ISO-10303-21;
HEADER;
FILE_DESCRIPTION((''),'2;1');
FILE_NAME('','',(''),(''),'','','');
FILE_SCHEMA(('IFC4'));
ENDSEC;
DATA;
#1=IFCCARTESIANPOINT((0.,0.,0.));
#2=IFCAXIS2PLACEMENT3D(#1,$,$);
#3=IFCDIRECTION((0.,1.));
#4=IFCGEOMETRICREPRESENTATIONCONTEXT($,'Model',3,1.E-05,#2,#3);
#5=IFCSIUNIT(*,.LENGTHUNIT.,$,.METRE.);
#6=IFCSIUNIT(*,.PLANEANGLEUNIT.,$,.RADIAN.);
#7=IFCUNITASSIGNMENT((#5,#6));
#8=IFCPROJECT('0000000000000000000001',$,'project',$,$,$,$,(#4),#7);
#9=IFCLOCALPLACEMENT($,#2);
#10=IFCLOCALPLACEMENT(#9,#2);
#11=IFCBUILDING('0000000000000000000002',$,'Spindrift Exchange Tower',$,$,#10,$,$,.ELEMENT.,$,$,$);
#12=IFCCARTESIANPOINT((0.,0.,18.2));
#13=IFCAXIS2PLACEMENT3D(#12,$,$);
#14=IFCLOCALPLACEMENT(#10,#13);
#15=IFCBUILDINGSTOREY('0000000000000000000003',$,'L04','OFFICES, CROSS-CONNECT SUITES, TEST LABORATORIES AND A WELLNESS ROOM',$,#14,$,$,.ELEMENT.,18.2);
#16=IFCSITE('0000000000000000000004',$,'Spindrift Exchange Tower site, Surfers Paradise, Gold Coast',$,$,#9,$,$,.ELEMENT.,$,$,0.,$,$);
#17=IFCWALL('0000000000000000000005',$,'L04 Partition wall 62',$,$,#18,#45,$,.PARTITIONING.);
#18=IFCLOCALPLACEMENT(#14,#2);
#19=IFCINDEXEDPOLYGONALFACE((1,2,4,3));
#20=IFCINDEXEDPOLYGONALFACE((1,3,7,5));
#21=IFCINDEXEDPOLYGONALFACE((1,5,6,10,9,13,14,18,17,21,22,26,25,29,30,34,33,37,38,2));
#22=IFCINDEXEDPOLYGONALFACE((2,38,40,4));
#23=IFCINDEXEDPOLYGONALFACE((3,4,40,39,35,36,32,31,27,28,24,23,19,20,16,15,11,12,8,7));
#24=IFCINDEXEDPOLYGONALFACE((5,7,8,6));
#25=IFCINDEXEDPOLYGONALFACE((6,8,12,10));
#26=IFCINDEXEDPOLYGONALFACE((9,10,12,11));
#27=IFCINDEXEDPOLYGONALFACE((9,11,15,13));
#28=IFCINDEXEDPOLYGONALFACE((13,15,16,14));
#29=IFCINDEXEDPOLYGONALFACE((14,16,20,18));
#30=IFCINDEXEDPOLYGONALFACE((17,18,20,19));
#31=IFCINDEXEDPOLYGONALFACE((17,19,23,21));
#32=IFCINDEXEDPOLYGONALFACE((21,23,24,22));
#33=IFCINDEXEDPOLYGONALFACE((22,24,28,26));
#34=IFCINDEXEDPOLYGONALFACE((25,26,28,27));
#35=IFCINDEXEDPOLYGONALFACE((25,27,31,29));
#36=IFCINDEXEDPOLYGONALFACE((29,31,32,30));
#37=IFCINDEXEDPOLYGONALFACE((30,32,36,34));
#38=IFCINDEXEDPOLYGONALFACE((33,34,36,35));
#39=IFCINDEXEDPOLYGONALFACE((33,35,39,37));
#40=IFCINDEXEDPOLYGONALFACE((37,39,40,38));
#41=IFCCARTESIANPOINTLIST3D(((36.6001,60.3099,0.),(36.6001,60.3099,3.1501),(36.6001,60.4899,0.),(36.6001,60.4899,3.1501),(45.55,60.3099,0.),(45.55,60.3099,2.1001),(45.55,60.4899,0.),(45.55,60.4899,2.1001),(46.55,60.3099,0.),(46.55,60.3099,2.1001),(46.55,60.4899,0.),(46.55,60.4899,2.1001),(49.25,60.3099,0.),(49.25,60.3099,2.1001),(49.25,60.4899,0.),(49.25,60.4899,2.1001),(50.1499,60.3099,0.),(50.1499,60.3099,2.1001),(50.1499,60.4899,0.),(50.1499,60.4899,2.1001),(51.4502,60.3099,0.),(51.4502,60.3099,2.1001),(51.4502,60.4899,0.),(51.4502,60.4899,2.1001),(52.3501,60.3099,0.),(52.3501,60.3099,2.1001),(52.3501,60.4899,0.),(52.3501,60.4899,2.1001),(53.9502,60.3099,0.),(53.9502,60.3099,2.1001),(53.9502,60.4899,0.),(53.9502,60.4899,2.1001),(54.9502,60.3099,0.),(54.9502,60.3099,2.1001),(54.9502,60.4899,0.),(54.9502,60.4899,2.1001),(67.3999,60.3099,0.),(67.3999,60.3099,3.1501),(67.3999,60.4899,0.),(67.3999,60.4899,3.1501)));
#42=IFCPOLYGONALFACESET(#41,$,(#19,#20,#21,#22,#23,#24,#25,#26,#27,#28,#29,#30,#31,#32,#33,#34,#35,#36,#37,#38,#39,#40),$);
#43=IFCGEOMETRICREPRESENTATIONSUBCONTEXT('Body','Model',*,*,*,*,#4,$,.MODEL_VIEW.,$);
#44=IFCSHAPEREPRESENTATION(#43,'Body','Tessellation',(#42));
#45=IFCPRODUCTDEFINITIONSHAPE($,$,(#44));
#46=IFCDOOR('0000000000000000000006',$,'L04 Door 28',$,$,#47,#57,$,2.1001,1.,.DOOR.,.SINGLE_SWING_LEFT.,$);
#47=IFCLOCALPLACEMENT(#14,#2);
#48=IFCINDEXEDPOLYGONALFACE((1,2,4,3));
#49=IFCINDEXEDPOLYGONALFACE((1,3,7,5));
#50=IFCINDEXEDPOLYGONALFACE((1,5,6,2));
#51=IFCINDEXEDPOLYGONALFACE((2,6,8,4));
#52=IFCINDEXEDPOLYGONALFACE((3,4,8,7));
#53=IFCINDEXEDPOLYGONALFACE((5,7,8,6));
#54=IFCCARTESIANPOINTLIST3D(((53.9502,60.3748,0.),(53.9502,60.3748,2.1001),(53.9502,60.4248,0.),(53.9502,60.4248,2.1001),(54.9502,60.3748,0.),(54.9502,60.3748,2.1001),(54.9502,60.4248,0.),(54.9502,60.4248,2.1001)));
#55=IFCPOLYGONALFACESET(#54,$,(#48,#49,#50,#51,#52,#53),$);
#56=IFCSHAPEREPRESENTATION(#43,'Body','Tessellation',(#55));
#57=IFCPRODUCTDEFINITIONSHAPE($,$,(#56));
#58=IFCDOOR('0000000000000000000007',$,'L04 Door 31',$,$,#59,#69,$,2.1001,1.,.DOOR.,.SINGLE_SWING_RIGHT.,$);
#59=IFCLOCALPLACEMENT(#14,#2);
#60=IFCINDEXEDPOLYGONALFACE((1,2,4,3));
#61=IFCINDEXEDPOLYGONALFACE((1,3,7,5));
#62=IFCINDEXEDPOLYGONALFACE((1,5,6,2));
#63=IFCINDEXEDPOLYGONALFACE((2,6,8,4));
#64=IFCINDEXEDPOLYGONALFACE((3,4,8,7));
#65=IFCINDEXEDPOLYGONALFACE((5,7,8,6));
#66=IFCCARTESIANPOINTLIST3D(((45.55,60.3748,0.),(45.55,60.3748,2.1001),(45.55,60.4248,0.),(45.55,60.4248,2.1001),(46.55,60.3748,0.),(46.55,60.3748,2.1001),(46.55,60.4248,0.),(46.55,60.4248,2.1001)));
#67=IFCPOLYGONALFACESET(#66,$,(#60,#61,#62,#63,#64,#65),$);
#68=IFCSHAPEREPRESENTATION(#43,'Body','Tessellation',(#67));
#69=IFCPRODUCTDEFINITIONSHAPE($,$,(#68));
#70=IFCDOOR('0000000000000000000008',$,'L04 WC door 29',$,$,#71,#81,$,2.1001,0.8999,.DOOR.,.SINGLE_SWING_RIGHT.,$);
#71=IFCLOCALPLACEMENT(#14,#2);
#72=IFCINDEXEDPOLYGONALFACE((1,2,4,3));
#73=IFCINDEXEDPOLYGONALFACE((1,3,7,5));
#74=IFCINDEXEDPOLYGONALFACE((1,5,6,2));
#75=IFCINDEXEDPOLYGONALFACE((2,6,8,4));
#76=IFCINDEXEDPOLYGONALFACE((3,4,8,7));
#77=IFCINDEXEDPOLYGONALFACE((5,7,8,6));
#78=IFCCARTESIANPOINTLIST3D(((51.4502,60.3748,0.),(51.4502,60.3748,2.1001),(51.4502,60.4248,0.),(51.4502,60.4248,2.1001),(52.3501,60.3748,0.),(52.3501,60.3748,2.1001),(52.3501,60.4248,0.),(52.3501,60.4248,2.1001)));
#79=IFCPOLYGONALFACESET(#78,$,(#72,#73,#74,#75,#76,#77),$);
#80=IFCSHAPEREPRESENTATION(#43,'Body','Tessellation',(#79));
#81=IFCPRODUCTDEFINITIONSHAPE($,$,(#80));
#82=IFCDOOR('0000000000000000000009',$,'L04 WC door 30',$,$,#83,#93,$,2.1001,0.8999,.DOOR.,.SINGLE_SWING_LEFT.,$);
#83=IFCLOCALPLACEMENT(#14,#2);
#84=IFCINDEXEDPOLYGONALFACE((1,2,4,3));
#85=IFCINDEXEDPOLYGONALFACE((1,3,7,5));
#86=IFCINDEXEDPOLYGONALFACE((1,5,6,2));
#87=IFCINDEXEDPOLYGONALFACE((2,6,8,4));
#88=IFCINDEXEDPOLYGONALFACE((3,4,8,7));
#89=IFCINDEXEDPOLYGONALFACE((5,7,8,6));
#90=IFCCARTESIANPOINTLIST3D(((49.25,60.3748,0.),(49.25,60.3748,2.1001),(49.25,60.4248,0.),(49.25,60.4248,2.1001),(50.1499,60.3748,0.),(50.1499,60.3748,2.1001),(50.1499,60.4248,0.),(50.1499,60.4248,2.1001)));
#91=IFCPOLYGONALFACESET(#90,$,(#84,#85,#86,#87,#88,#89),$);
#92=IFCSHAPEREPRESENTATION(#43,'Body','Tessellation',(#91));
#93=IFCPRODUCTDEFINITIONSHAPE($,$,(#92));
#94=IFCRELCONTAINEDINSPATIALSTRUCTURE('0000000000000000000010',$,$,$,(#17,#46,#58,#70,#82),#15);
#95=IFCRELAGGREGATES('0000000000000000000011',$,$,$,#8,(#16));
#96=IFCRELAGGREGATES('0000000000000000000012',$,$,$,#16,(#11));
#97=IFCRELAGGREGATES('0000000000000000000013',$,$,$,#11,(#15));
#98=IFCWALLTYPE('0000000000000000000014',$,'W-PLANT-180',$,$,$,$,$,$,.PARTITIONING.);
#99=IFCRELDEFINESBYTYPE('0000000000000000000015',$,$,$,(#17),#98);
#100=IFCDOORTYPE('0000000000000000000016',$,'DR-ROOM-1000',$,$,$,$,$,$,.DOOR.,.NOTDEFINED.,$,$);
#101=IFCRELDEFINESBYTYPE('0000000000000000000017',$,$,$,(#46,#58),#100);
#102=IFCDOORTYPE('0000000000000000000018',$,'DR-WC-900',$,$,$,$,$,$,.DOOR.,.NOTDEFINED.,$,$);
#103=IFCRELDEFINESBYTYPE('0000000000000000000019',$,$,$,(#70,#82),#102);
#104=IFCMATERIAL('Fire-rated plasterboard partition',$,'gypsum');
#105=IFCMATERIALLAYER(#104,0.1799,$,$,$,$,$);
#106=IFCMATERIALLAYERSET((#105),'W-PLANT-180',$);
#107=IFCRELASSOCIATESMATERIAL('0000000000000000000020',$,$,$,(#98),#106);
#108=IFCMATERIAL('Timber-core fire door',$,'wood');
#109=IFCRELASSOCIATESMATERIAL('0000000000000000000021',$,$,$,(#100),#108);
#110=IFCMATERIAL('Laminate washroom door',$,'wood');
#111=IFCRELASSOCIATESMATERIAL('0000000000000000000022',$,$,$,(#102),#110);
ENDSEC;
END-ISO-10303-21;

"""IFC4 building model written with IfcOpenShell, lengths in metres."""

from ifc_helpers import new_model, si_unit, direction, frame, frame_2d, origin, place, context, subcontext, project, spatial, rectangle, extrude, source, transform, mapped, material, layer, layer_set, type_object, element, fill, save


model = new_model("IFC4")

# Units and contexts
model_context = context("Model", 3, precision=1e-05, world=origin(), true_north=direction((0.0, 1.0)))
body_context = subcontext(model_context, "Body", "Model", "MODEL_VIEW")
ifc_project = project(units=[si_unit("LENGTHUNIT", "METRE"), si_unit("PLANEANGLEUNIT", "RADIAN")], contexts=[model_context])

# Site, building, storey
site_placement = place(None, origin())
site = spatial("IfcSite", under=ifc_project, at=site_placement, Name="Spindrift Exchange Tower site, Surfers Paradise, Gold Coast", CompositionType="ELEMENT", RefElevation=0.0)
building_placement = place(site_placement, origin())
building = spatial("IfcBuilding", under=site, at=building_placement, Name="Spindrift Exchange Tower", CompositionType="ELEMENT")
storey_placement = place(building_placement, frame((0.0, 0.0, 18.2)))
storey = spatial("IfcBuildingStorey", under=building, at=storey_placement, Name="L04", Description="OFFICES, CROSS-CONNECT SUITES, TEST LABORATORIES AND A WELLNESS ROOM", CompositionType="ELEMENT", Elevation=18.2)

# Shared definitions
ifc_material_1 = material(Name="Fire-rated plasterboard partition", Category="gypsum")

# Wall, openings, doors
ifc_layer_1 = layer(ifc_material_1, 0.1799)
ifc_layer_set_1 = layer_set([ifc_layer_1], Name="W-PLANT-180")
wall_type_1 = type_object("IfcWallType", Name="W-PLANT-180", PredefinedType="PARTITIONING", material=ifc_layer_set_1)
wall_1_placement = place(storey_placement, frame((36.6001, 60.3999, 0.0), z_axis=(0.0, 0.0, 1.0), x_axis=(1.0, 0.0, 0.0)))
wall_1 = element("IfcWall", 1, at=wall_1_placement, inside=storey, type_object=wall_type_1, Name="L04 Partition wall 62", PredefinedType="PARTITIONING", context=body_context, shape_type="SweptSolid", body=[
    extrude(rectangle(XDim=30.7998, YDim=0.1799, at=frame_2d((15.3999, 0.0))), origin(), (0.0, 0.0, 1.0), 3.1501),
])
opening_1_placement = place(wall_1_placement, frame((17.3501, 0.0, 0.0)))
opening_1 = element("IfcOpeningElement", 2, at=opening_1_placement, cuts=wall_1, PredefinedType="OPENING", context=body_context, shape_type="SweptSolid", body=[
    extrude(rectangle(XDim=1.0, YDim=2.1001, at=frame_2d((0.5, 1.05))), frame((0.0, 0.0999, 0.0), z_axis=(0.0, -1.0, 0.0), x_axis=(1.0, 0.0, 0.0)), (0.0, 0.0, 1.0), 0.2),
])
opening_2_placement = place(wall_1_placement, frame((14.8501, 0.0, 0.0)))
opening_2 = element("IfcOpeningElement", 3, at=opening_2_placement, cuts=wall_1, PredefinedType="OPENING", context=body_context, shape_type="SweptSolid", body=[
    extrude(rectangle(XDim=0.8999, YDim=2.1001, at=frame_2d((0.45, 1.05))), frame((0.0, 0.0999, 0.0), z_axis=(0.0, -1.0, 0.0), x_axis=(1.0, 0.0, 0.0)), (0.0, 0.0, 1.0), 0.2),
])
opening_3_placement = place(wall_1_placement, frame((12.6499, 0.0, 0.0)))
opening_3 = element("IfcOpeningElement", 4, at=opening_3_placement, cuts=wall_1, PredefinedType="OPENING", context=body_context, shape_type="SweptSolid", body=[
    extrude(rectangle(XDim=0.8999, YDim=2.1001, at=frame_2d((0.45, 1.05))), frame((0.0, 0.0999, 0.0), z_axis=(0.0, -1.0, 0.0), x_axis=(1.0, 0.0, 0.0)), (0.0, 0.0, 1.0), 0.2),
])
opening_4_placement = place(wall_1_placement, frame((8.95, 0.0, 0.0)))
opening_4 = element("IfcOpeningElement", 5, at=opening_4_placement, cuts=wall_1, PredefinedType="OPENING", context=body_context, shape_type="SweptSolid", body=[
    extrude(rectangle(XDim=1.0, YDim=2.1001, at=frame_2d((0.5, 1.05))), frame((0.0, 0.0999, 0.0), z_axis=(0.0, -1.0, 0.0), x_axis=(1.0, 0.0, 0.0)), (0.0, 0.0, 1.0), 0.2),
])
ifc_material_2 = material(Name="Timber-core fire door", Category="wood")
door_type_1 = type_object("IfcDoorType", Name="DR-ROOM-1000", OperationType="NOTDEFINED", PredefinedType="DOOR", material=ifc_material_2)
shared_shape_1 = source(origin(), body_context, "Body", "SweptSolid", [
    extrude(rectangle(XDim=1.0, YDim=2.1001, at=frame_2d((0.5, 1.05))), frame((0.0, 0.0249, 0.0), z_axis=(0.0, -1.0, 0.0), x_axis=(1.0, 0.0, 0.0)), (0.0, 0.0, 1.0), 0.05),
])
door_1_placement = place(opening_1_placement, origin())
door_1 = element("IfcDoor", 6, at=door_1_placement, inside=storey, type_object=door_type_1, Name="L04 Door 28", OperationType="SINGLE_SWING_LEFT", OverallHeight=2.1001, OverallWidth=1.0, PredefinedType="DOOR", context=body_context, shape_type="MappedRepresentation", body=[
    mapped(shared_shape_1, transform((0.0, 0.0, 0.0), scale=1.0)),
])
fill(opening_1, door_1)
door_2_placement = place(opening_4_placement, origin())
door_2 = element("IfcDoor", 7, at=door_2_placement, inside=storey, type_object=door_type_1, Name="L04 Door 31", OperationType="SINGLE_SWING_RIGHT", OverallHeight=2.1001, OverallWidth=1.0, PredefinedType="DOOR", context=body_context, shape_type="MappedRepresentation", body=[
    mapped(shared_shape_1, transform((0.0, 0.0, 0.0), scale=1.0)),
])
fill(opening_4, door_2)
ifc_material_3 = material(Name="Laminate washroom door", Category="wood")
door_type_2 = type_object("IfcDoorType", Name="DR-WC-900", OperationType="NOTDEFINED", PredefinedType="DOOR", material=ifc_material_3)
shared_shape_2 = source(origin(), body_context, "Body", "SweptSolid", [
    extrude(rectangle(XDim=0.8999, YDim=2.1001, at=frame_2d((0.45, 1.05))), frame((0.0, 0.0249, 0.0), z_axis=(0.0, -1.0, 0.0), x_axis=(1.0, 0.0, 0.0)), (0.0, 0.0, 1.0), 0.05),
])
door_3_placement = place(opening_2_placement, origin())
door_3 = element("IfcDoor", 8, at=door_3_placement, inside=storey, type_object=door_type_2, Name="L04 WC door 29", OperationType="SINGLE_SWING_RIGHT", OverallHeight=2.1001, OverallWidth=0.8999, PredefinedType="DOOR", context=body_context, shape_type="MappedRepresentation", body=[
    mapped(shared_shape_2, transform((0.0, 0.0, 0.0), scale=1.0)),
])
fill(opening_2, door_3)
door_4_placement = place(opening_3_placement, origin())
door_4 = element("IfcDoor", 9, at=door_4_placement, inside=storey, type_object=door_type_2, Name="L04 WC door 30", OperationType="SINGLE_SWING_LEFT", OverallHeight=2.1001, OverallWidth=0.8999, PredefinedType="DOOR", context=body_context, shape_type="MappedRepresentation", body=[
    mapped(shared_shape_2, transform((0.0, 0.0, 0.0), scale=1.0)),
])
fill(opening_3, door_4)

save(model, "model.ifc")
